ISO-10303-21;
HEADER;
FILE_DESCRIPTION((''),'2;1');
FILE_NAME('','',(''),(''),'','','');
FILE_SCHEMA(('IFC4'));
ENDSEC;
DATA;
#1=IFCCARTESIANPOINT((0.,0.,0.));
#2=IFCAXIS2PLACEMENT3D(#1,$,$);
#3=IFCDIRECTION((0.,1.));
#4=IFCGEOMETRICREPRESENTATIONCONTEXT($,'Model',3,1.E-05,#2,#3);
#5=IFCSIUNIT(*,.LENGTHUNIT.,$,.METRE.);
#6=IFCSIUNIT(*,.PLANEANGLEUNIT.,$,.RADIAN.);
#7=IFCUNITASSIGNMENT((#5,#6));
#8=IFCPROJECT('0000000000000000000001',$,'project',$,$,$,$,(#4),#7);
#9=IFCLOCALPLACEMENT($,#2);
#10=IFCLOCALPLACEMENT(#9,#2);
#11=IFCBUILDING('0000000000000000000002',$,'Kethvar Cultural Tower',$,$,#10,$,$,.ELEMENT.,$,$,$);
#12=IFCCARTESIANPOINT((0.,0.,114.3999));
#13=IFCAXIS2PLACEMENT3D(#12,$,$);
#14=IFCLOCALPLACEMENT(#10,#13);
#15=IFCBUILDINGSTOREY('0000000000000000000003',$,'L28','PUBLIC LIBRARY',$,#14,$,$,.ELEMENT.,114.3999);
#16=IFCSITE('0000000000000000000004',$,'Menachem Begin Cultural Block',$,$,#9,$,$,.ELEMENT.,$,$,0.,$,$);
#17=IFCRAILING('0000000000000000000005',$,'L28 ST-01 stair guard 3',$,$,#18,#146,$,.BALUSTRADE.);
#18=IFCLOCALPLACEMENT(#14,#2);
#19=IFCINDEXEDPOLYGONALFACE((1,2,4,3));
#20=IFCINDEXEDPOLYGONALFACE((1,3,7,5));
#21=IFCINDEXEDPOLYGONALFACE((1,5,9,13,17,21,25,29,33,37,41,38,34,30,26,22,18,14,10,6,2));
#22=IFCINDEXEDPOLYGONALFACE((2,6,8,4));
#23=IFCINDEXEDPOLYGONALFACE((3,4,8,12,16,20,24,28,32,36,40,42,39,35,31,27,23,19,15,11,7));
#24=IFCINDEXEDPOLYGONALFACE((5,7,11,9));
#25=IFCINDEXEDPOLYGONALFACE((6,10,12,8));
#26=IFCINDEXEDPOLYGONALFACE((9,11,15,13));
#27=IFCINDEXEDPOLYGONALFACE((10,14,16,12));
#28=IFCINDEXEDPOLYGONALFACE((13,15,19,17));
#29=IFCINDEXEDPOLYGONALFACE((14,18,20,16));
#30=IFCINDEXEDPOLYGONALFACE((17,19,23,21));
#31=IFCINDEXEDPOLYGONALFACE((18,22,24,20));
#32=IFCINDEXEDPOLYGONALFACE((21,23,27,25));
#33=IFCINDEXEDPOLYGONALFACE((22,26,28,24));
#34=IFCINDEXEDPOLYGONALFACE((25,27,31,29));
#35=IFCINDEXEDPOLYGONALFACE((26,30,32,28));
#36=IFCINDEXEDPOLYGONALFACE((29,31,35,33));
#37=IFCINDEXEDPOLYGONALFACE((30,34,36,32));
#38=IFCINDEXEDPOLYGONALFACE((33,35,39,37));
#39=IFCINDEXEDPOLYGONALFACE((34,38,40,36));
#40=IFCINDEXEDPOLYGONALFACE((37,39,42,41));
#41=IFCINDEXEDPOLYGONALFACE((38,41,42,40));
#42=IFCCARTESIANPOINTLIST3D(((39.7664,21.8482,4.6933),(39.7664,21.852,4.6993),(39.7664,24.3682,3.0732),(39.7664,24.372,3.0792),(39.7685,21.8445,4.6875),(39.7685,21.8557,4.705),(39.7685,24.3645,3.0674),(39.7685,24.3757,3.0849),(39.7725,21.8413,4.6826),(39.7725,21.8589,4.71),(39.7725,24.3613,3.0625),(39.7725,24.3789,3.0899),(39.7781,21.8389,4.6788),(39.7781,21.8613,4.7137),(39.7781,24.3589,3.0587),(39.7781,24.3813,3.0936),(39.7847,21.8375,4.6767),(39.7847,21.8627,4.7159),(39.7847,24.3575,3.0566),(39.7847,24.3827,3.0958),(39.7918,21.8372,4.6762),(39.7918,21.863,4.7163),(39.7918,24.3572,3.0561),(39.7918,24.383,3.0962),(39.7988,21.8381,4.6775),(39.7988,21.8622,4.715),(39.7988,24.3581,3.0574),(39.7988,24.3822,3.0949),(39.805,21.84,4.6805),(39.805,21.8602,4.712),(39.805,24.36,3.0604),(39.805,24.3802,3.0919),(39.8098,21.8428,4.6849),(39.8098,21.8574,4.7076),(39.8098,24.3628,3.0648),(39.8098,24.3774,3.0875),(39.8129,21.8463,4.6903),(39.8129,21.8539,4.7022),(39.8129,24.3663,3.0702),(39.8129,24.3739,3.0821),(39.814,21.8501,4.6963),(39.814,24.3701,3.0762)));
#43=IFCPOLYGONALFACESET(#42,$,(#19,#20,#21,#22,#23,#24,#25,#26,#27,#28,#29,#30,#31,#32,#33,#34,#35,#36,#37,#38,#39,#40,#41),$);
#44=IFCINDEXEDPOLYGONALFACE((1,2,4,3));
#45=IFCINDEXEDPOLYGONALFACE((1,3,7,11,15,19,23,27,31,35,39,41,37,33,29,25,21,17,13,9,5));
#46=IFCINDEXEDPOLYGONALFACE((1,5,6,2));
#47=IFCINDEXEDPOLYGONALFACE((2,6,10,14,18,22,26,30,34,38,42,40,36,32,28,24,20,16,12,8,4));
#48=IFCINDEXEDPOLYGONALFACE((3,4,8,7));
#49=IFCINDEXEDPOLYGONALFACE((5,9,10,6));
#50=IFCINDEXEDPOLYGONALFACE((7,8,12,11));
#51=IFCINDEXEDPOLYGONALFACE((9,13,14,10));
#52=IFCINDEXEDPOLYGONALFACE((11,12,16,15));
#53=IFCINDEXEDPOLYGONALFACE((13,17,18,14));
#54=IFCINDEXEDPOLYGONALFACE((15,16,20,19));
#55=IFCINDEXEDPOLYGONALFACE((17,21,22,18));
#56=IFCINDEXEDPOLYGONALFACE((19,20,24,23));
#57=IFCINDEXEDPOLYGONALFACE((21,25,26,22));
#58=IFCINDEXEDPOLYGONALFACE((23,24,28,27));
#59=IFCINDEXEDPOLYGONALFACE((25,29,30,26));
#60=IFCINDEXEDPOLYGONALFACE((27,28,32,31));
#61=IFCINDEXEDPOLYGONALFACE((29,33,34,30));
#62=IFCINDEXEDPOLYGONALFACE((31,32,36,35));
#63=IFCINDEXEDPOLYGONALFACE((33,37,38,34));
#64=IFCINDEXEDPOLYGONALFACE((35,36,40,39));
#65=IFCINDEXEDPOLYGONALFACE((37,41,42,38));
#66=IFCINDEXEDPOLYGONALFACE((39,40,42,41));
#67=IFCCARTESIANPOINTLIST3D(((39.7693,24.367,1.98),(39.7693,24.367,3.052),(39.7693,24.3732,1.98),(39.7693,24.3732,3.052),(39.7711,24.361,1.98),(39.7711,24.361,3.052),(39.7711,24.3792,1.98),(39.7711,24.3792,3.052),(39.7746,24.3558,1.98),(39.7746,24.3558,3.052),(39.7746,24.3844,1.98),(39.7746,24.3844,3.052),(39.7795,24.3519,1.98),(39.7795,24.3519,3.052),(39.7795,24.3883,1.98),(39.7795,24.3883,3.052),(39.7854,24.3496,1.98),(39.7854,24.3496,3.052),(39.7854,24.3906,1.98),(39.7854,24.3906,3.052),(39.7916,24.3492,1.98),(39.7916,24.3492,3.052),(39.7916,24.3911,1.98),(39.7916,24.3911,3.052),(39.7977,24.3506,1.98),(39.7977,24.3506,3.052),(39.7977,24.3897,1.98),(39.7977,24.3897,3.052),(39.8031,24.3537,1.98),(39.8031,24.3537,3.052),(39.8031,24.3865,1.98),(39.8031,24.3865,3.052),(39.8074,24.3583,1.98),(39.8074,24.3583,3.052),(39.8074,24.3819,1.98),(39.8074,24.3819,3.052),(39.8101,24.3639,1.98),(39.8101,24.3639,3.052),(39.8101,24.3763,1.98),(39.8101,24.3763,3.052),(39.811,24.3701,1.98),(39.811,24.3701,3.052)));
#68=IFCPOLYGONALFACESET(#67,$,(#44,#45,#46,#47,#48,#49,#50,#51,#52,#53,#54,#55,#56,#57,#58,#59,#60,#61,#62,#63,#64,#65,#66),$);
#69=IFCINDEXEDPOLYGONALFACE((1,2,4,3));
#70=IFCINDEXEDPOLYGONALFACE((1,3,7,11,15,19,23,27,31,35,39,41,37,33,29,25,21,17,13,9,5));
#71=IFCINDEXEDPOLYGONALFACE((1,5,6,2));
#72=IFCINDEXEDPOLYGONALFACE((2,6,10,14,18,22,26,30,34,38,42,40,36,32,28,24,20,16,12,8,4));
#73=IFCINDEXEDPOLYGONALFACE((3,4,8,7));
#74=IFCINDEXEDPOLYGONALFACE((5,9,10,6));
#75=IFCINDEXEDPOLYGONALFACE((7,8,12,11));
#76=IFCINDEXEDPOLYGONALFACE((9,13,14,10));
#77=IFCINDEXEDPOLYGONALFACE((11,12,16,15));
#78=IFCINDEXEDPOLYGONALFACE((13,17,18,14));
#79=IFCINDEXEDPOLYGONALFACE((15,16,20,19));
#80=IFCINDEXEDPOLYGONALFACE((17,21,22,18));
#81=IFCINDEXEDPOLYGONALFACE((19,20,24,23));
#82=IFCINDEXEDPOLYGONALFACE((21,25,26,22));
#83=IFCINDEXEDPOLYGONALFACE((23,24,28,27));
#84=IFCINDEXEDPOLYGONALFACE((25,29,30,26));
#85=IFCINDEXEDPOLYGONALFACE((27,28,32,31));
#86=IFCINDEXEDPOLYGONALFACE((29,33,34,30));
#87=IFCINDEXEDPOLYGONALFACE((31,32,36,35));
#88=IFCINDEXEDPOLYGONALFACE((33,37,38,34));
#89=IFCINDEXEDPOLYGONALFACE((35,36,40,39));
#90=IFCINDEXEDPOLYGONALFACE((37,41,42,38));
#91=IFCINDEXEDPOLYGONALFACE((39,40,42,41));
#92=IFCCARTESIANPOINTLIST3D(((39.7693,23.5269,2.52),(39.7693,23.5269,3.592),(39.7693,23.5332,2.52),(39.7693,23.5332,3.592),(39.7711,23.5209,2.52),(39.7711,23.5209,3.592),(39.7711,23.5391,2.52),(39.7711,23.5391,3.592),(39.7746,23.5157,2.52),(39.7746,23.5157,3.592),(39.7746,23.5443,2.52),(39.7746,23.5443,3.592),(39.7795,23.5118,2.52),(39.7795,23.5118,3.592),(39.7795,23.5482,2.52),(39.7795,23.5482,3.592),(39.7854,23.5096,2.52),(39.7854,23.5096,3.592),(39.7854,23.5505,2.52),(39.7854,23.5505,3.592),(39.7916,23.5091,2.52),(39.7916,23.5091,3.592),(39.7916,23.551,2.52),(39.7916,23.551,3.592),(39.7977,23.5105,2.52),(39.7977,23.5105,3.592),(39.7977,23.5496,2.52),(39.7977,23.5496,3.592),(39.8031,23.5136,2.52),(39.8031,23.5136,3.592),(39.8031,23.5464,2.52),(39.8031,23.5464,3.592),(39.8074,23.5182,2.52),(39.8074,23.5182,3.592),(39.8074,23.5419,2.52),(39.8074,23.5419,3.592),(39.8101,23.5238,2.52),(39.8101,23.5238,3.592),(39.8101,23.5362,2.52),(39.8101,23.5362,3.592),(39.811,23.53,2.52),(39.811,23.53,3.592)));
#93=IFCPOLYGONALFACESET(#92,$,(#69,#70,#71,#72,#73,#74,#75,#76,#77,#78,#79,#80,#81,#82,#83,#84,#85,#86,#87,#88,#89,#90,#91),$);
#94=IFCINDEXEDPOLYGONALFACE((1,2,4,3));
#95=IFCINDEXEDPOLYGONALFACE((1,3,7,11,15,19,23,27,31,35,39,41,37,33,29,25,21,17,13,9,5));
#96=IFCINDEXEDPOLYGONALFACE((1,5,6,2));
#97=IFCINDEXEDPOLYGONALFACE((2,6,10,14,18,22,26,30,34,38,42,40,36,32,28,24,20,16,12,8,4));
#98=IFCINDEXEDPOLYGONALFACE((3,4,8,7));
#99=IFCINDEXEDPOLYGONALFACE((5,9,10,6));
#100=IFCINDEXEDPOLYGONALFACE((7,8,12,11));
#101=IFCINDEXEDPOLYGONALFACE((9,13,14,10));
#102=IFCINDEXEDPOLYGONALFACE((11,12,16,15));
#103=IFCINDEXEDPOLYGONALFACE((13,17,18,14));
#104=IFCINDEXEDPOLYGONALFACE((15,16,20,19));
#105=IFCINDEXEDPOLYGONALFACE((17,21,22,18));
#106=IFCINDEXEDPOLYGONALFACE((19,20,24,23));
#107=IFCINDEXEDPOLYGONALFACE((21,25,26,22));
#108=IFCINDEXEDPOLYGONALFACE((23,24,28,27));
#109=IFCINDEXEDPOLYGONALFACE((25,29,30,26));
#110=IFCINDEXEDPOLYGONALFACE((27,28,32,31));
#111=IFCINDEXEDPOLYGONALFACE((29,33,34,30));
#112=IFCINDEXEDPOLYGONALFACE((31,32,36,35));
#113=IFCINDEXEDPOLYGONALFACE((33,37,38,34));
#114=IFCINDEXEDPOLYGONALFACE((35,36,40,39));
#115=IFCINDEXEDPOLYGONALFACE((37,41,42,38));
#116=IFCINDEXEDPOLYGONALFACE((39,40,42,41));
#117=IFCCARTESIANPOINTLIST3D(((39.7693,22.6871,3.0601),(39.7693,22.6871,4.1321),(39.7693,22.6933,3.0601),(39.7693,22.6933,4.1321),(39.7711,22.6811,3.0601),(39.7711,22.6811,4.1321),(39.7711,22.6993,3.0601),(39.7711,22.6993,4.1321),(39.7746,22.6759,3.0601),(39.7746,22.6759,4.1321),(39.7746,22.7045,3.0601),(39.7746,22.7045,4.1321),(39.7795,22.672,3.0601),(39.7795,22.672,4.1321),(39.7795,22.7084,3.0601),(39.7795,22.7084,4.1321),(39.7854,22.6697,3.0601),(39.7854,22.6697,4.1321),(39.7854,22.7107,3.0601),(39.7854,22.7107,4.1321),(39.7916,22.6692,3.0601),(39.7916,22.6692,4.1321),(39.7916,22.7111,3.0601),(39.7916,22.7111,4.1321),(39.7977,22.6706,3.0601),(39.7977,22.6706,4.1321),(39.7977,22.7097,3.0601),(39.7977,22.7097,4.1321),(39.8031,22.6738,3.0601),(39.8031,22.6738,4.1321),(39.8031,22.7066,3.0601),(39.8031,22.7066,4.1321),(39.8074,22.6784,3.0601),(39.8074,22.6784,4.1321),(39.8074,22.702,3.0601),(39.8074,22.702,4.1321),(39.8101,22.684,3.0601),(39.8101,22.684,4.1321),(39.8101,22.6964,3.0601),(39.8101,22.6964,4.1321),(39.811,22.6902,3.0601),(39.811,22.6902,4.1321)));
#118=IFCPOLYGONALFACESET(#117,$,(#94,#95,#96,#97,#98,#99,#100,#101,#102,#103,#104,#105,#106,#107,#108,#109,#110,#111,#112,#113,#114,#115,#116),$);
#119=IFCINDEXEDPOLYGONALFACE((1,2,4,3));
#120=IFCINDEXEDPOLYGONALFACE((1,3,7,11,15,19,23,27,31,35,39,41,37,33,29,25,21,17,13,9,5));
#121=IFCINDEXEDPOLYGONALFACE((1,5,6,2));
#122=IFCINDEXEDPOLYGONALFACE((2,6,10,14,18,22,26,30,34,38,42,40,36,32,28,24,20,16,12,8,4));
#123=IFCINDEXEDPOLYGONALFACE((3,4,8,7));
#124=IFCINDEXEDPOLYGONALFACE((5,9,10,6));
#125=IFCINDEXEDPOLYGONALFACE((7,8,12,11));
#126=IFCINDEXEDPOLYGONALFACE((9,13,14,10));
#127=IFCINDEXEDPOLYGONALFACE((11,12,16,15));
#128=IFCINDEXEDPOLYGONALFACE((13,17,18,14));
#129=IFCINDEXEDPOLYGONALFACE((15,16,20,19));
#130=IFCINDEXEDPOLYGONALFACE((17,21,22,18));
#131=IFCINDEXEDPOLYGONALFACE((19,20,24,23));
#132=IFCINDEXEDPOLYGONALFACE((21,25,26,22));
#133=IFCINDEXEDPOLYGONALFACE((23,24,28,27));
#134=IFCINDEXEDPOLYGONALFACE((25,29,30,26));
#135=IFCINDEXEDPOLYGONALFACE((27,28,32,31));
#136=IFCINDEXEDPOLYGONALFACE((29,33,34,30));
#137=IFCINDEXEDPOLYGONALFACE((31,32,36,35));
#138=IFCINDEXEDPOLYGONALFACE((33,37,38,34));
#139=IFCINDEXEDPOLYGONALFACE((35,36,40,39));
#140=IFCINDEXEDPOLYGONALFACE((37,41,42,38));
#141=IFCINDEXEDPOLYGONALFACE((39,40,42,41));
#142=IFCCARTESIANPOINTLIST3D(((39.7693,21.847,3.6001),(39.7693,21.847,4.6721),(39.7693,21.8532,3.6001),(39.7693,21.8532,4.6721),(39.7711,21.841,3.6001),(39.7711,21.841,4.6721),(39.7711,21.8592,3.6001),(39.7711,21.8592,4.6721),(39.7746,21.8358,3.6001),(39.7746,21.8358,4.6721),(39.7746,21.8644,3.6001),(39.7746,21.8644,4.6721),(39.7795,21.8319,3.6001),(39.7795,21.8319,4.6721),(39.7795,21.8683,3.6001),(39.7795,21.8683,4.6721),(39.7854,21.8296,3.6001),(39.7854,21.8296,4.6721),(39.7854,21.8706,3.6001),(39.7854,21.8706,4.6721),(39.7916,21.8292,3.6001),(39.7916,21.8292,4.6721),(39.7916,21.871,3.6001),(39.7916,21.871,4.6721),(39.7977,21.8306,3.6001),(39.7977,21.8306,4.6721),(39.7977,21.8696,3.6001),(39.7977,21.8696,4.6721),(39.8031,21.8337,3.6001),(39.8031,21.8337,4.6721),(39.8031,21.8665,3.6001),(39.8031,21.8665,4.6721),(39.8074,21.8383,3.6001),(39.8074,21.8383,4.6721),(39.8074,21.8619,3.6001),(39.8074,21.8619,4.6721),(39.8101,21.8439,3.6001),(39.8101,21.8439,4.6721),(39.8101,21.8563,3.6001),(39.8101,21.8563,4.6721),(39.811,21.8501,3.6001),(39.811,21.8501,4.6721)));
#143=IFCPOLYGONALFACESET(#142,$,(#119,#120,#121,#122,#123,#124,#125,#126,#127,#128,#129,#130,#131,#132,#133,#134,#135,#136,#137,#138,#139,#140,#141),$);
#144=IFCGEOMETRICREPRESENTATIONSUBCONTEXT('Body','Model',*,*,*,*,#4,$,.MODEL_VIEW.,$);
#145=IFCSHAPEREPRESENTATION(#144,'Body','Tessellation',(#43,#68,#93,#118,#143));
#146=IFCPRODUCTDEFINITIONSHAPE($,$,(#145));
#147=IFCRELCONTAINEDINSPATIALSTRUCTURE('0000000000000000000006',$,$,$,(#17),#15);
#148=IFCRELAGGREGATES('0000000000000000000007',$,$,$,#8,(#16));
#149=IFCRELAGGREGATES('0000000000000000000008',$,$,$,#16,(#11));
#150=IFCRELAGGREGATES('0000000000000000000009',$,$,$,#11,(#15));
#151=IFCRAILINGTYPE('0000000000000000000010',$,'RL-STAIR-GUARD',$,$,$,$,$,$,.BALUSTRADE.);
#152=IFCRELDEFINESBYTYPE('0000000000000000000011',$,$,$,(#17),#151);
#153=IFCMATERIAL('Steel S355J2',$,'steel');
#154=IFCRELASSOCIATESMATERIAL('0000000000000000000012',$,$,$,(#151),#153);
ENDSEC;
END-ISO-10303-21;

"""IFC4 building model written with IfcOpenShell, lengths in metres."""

from ifc_helpers import new_model, si_unit, direction, frame, origin, origin_2d, place, context, subcontext, project, spatial, circle, extrude, material, type_object, element, save


model = new_model("IFC4")

# Units and contexts
model_context = context("Model", 3, precision=1e-05, world=origin(), true_north=direction((0.0, 1.0)))
body_context = subcontext(model_context, "Body", "Model", "MODEL_VIEW")
ifc_project = project(units=[si_unit("LENGTHUNIT", "METRE"), si_unit("PLANEANGLEUNIT", "RADIAN")], contexts=[model_context])

# Site, building, storey
site_placement = place(None, origin())
site = spatial("IfcSite", under=ifc_project, at=site_placement, Name="Menachem Begin Cultural Block", CompositionType="ELEMENT", RefElevation=0.0)
building_placement = place(site_placement, origin())
building = spatial("IfcBuilding", under=site, at=building_placement, Name="Kethvar Cultural Tower", CompositionType="ELEMENT")
storey_placement = place(building_placement, frame((0.0, 0.0, 114.3999)))
storey = spatial("IfcBuildingStorey", under=building, at=storey_placement, Name="L28", Description="PUBLIC LIBRARY", CompositionType="ELEMENT", Elevation=114.3999)

# Shared definitions
ifc_material_1 = material(Name="Steel S355J2", Category="steel")

# Railing
railing_type = type_object("IfcRailingType", Name="RL-STAIR-GUARD", PredefinedType="BALUSTRADE", material=ifc_material_1)
railing_1_placement = place(storey_placement, frame((39.79, 24.3701, 1.98)))
element("IfcRailing", 1, at=railing_1_placement, inside=storey, type_object=railing_type, Name="L28 ST-01 stair guard 3", PredefinedType="BALUSTRADE", context=body_context, shape_type="SweptSolid", body=[
    extrude(circle(Radius=0.0239, at=origin_2d()), frame((0.0, 0.0, 1.0962), z_axis=(0.0, -0.841163, 0.540782), x_axis=(1.0, 0.0, 0.0)), (0.0, 0.0, 1.0), 2.9958),
    extrude(circle(Radius=0.021, at=origin_2d()), origin(), (0.0, 0.0, 1.0), 1.072),
    extrude(circle(Radius=0.021, at=origin_2d()), frame((0.0, -0.8401, 0.54)), (0.0, 0.0, 1.0), 1.072),
    extrude(circle(Radius=0.021, at=origin_2d()), frame((0.0, -1.6799, 1.0801)), (0.0, 0.0, 1.0), 1.072),
    extrude(circle(Radius=0.021, at=origin_2d()), frame((0.0, -2.52, 1.6201)), (0.0, 0.0, 1.0), 1.072),
])

save(model, "model.ifc")
